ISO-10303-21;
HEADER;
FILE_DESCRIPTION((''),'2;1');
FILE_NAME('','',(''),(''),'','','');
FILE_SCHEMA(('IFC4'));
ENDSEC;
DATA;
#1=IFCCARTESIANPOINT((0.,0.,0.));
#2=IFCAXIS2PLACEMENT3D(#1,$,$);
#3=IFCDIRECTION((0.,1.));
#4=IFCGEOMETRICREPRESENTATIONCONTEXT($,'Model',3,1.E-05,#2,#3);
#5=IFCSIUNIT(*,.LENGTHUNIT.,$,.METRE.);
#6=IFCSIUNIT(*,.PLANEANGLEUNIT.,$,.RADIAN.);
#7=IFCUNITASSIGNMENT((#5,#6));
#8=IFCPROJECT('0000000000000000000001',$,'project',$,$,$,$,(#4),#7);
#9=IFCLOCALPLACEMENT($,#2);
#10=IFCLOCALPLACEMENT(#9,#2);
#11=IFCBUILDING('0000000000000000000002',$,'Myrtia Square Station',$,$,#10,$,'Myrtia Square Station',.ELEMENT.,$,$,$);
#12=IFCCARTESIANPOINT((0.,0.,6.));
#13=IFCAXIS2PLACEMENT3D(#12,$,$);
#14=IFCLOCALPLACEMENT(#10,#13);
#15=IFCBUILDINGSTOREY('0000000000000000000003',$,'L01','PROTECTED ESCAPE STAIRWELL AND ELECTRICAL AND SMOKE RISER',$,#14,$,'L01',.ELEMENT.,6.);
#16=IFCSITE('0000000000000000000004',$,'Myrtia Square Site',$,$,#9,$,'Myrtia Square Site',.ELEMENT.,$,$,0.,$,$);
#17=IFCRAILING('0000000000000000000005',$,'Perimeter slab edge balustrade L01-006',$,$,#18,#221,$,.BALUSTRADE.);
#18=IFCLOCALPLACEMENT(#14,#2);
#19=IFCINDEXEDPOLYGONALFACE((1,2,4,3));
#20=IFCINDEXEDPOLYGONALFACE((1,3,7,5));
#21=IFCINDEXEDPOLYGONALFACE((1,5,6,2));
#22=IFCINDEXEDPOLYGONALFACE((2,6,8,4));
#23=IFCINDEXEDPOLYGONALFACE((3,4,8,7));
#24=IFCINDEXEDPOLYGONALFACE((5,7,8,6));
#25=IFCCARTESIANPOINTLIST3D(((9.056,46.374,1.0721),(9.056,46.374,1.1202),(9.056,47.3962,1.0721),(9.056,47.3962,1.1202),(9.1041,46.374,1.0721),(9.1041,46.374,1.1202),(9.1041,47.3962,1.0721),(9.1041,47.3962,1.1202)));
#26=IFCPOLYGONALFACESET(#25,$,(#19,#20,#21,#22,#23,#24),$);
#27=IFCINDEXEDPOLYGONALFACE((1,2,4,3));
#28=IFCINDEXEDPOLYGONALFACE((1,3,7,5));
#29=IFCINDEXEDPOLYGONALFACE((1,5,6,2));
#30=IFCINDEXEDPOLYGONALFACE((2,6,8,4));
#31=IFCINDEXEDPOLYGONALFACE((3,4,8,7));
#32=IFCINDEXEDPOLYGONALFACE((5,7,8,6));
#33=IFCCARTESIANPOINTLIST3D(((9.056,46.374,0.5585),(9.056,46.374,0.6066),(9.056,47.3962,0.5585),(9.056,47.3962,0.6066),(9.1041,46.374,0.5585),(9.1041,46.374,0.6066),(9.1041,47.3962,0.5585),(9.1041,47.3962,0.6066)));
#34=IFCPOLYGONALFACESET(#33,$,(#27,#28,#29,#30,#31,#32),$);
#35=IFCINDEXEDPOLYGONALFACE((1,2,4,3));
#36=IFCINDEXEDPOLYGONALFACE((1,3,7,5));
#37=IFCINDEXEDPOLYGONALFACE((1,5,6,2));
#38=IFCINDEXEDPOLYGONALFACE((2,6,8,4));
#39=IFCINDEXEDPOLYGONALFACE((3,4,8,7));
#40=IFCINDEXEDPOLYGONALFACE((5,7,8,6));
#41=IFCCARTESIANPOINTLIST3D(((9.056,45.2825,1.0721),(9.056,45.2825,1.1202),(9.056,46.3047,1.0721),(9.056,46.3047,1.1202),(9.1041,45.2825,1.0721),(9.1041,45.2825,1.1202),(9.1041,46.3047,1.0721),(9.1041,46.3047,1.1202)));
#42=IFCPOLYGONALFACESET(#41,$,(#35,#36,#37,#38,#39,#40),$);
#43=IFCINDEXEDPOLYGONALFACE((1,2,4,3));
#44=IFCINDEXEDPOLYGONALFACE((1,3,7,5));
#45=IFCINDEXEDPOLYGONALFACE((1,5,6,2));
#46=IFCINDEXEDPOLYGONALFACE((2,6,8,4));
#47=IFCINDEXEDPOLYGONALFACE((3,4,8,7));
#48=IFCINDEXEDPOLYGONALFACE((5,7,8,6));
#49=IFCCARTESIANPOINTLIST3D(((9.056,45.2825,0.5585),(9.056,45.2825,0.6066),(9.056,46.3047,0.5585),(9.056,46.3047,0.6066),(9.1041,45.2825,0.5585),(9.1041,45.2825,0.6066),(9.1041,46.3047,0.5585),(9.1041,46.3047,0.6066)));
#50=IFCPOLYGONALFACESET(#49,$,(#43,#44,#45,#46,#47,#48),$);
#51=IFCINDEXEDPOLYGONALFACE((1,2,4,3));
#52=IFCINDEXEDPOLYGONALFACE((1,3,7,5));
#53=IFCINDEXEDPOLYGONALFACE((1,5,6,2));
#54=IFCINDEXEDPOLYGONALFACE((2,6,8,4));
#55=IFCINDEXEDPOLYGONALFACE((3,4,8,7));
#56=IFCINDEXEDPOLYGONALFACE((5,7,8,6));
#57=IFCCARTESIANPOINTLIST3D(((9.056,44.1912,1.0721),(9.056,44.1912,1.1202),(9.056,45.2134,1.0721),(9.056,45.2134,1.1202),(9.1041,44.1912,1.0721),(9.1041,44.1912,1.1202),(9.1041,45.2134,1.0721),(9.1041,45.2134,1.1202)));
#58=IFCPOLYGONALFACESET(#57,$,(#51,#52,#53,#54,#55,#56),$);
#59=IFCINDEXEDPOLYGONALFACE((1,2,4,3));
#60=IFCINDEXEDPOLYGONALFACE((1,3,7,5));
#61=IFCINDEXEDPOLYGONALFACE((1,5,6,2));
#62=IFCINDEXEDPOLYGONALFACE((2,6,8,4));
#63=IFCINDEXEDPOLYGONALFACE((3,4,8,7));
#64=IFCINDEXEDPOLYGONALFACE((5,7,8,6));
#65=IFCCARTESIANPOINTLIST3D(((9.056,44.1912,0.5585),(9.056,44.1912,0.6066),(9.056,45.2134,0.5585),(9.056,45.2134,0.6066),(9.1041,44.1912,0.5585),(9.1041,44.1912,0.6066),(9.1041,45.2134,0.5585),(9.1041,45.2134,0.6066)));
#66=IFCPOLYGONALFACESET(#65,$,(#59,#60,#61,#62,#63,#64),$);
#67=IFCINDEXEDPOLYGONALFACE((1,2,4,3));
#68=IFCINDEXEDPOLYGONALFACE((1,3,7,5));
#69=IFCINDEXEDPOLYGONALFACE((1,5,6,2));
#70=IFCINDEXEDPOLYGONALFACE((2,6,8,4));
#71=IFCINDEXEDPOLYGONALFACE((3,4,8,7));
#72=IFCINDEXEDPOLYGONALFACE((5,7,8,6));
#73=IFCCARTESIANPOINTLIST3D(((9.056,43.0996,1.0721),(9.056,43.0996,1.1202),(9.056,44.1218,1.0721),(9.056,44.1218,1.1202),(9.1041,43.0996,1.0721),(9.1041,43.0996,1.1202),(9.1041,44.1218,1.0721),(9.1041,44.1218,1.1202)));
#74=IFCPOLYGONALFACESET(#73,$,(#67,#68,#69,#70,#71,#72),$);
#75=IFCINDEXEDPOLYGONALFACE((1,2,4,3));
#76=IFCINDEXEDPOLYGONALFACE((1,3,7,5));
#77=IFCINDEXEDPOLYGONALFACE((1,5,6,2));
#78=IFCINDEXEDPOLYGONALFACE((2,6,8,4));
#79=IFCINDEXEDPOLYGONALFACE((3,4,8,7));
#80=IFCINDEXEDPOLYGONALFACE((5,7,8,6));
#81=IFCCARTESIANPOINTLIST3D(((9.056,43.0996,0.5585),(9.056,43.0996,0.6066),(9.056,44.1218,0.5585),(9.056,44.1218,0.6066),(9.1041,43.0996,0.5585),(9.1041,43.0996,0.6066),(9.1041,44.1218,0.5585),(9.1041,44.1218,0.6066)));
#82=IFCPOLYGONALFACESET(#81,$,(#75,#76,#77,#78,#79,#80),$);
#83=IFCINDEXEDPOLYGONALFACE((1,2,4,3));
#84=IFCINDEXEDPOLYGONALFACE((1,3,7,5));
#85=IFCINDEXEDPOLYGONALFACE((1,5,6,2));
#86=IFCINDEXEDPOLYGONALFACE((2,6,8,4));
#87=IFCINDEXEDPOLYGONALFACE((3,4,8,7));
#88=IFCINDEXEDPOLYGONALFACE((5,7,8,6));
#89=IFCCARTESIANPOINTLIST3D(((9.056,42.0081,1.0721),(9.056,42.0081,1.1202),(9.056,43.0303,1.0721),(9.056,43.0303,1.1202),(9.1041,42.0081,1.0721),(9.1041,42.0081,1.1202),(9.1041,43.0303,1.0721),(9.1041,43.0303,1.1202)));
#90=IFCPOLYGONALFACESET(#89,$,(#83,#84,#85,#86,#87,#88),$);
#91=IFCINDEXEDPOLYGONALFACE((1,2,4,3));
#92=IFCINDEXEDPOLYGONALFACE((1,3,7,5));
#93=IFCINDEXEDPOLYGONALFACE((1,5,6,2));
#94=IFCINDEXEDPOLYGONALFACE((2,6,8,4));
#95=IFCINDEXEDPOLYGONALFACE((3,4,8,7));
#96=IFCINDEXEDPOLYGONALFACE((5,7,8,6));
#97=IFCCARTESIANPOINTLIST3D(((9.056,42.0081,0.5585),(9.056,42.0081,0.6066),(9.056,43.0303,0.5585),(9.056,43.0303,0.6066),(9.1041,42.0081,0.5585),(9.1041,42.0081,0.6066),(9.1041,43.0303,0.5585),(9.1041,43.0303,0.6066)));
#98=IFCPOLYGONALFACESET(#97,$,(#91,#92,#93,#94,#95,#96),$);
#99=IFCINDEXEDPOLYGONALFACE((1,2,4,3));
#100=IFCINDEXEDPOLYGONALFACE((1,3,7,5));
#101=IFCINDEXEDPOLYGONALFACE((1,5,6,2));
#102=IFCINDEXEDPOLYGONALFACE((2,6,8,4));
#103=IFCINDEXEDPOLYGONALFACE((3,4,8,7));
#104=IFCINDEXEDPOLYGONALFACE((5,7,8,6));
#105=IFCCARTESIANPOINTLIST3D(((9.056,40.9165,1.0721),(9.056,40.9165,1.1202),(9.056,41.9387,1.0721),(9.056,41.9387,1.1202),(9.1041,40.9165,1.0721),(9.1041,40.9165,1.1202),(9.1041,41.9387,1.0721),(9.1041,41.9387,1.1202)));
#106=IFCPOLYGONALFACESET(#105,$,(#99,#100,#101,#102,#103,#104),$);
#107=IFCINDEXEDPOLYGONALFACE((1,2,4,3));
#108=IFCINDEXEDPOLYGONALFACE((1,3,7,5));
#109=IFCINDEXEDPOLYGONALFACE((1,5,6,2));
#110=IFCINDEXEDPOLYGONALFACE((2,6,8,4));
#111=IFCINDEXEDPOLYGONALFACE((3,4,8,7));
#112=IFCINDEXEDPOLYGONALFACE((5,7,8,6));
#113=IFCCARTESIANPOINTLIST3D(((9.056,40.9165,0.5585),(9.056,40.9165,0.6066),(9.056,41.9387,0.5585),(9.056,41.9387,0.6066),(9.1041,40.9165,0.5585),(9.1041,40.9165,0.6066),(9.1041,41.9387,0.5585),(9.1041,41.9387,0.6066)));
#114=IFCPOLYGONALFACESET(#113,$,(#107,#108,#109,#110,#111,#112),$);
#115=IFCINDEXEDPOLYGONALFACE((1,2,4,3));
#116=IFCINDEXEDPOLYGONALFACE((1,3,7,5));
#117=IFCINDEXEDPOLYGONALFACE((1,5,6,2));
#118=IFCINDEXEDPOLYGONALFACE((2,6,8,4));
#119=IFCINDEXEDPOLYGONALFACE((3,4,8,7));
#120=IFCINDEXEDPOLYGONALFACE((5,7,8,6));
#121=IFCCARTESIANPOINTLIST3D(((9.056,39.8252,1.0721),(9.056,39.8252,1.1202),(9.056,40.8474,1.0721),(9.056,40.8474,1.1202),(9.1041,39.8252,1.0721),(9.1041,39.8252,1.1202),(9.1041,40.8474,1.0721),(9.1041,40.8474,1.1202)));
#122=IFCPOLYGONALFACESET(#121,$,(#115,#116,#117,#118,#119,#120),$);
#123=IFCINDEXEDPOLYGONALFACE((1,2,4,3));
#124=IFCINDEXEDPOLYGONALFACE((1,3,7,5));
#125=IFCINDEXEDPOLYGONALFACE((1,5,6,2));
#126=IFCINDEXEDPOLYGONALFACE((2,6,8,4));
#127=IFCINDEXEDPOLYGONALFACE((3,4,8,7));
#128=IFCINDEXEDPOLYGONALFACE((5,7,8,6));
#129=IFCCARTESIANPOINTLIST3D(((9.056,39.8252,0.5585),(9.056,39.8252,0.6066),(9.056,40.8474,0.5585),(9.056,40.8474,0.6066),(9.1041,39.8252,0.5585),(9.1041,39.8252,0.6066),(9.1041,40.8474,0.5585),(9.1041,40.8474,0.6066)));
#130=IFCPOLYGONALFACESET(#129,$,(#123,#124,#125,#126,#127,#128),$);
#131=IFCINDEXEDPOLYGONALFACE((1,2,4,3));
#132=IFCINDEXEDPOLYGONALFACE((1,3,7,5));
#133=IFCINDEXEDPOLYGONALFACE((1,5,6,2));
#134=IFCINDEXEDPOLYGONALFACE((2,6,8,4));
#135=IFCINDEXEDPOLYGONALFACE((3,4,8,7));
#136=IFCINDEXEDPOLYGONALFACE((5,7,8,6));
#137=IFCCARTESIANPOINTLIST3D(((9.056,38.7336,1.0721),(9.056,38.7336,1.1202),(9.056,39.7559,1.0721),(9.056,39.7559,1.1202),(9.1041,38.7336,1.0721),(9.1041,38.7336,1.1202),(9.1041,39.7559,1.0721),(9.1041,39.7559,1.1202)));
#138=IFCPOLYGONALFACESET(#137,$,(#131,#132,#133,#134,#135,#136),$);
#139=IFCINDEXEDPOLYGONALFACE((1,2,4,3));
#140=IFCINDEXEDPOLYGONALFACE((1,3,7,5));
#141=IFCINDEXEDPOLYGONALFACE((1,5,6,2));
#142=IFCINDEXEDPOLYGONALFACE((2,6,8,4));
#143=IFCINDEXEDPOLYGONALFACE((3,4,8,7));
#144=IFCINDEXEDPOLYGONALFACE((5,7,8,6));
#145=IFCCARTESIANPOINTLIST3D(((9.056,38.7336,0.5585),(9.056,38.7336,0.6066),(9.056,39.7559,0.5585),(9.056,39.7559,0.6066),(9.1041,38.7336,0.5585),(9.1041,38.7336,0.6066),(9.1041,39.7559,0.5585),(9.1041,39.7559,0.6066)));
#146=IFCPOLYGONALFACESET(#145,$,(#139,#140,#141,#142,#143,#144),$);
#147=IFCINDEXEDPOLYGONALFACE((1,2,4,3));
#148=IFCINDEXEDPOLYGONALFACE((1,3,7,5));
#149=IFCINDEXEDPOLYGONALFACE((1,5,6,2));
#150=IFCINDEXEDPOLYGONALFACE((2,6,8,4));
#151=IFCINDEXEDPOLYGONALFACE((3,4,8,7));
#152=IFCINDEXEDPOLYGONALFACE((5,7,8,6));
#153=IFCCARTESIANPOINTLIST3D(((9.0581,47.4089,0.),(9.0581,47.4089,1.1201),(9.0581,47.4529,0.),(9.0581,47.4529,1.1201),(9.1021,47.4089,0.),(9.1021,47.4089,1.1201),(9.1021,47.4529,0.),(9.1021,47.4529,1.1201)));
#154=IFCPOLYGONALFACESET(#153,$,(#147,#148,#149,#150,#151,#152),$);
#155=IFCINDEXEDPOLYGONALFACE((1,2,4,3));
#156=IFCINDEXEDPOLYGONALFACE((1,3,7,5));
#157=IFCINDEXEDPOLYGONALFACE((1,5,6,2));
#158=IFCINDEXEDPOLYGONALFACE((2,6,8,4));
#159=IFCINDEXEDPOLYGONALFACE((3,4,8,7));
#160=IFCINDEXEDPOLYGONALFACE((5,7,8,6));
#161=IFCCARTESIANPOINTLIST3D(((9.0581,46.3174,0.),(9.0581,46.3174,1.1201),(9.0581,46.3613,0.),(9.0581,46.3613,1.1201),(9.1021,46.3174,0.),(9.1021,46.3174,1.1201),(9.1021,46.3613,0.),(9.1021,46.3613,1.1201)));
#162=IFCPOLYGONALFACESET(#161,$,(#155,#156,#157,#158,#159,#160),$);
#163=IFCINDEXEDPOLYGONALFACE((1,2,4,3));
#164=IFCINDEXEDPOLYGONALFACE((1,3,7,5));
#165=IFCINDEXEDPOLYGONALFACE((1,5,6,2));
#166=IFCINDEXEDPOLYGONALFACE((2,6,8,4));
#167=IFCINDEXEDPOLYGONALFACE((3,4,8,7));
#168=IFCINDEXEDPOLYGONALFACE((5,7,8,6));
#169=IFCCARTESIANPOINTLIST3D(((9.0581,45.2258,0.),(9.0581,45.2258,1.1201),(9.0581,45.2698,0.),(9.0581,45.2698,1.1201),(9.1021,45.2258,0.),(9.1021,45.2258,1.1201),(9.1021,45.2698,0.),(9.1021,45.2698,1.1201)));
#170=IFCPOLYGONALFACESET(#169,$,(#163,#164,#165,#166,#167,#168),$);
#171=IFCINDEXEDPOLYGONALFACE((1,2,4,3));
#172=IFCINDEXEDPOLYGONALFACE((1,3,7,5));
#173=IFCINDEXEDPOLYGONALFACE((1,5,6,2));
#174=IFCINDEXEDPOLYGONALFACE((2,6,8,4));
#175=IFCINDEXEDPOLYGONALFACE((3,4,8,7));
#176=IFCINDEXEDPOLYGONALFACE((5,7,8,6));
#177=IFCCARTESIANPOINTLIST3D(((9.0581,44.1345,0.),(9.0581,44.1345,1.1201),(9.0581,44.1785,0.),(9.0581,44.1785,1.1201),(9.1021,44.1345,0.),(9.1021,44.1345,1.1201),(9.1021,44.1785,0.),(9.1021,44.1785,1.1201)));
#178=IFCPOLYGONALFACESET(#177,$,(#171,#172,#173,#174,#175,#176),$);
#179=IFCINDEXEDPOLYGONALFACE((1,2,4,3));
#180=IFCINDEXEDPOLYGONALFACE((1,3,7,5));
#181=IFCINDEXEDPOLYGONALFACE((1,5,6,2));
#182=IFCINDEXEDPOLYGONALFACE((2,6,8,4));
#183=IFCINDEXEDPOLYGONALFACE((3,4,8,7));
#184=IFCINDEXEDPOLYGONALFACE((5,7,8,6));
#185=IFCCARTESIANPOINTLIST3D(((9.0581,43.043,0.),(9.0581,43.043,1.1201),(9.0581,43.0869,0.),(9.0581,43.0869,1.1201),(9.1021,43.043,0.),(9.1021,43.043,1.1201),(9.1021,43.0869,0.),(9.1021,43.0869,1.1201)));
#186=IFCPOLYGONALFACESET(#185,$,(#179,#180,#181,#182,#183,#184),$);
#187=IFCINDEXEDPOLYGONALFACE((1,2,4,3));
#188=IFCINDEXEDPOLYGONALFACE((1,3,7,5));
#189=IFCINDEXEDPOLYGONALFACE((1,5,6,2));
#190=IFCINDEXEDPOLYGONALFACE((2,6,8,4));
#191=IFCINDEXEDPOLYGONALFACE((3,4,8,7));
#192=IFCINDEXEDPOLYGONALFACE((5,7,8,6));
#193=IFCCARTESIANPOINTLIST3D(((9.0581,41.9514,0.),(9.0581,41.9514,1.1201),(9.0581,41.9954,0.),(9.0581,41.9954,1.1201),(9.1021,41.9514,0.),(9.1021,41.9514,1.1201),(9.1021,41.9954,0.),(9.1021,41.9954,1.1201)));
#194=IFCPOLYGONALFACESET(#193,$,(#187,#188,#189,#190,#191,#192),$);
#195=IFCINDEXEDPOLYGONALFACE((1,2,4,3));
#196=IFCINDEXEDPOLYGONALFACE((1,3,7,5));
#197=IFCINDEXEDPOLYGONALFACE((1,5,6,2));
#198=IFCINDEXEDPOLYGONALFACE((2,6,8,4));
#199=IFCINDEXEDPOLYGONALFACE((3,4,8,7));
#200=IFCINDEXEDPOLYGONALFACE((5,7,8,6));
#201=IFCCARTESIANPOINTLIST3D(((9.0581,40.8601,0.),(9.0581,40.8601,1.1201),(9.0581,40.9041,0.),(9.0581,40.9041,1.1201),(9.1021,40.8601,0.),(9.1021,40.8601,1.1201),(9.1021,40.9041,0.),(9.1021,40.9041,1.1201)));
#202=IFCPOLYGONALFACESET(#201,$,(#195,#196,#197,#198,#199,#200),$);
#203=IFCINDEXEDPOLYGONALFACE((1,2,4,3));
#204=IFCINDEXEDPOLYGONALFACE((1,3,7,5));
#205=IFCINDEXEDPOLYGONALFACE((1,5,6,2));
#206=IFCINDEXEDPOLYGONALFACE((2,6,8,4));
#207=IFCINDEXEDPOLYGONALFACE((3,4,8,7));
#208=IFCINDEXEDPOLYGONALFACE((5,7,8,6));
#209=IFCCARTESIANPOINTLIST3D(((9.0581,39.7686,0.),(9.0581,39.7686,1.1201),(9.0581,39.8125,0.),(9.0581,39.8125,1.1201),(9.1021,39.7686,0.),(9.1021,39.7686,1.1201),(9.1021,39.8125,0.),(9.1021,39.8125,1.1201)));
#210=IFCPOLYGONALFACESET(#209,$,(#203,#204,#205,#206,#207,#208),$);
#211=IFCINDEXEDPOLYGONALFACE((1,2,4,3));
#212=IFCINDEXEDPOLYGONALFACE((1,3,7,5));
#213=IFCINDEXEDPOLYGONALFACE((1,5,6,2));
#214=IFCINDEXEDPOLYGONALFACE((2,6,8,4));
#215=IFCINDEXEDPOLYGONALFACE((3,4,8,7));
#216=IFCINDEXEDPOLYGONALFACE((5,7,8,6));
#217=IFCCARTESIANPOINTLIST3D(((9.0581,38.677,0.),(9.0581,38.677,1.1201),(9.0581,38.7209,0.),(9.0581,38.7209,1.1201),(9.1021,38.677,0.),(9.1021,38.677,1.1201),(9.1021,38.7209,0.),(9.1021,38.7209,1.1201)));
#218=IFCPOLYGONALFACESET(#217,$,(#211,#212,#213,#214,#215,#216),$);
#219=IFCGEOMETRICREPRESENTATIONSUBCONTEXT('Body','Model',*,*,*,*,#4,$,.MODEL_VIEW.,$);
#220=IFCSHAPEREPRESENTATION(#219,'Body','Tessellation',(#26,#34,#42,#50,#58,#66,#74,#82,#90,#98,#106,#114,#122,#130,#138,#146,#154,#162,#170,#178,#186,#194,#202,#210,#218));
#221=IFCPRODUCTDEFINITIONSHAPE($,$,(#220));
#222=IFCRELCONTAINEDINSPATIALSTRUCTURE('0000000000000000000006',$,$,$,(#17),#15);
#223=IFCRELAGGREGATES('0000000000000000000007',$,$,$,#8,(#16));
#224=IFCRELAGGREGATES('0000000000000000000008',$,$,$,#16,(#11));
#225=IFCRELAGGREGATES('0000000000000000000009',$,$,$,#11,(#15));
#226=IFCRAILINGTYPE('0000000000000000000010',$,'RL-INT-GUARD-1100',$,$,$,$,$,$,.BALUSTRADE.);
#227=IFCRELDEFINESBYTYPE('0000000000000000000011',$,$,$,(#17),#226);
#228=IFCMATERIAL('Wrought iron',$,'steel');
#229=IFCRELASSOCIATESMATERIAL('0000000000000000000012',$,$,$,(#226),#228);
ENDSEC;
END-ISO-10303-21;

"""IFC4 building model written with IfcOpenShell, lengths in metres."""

from ifc_helpers import new_model, si_unit, direction, frame, origin, origin_2d, place, context, subcontext, project, spatial, rectangle, extrude, material, type_object, element, save


model = new_model("IFC4")

# Units and contexts
model_context = context("Model", 3, precision=1e-05, world=origin(), true_north=direction((0.0, 1.0)))
body_context = subcontext(model_context, "Body", "Model", "MODEL_VIEW")
ifc_project = project(units=[si_unit("LENGTHUNIT", "METRE"), si_unit("PLANEANGLEUNIT", "RADIAN")], contexts=[model_context])

# Site, building, storey
site_placement = place(None, origin())
site = spatial("IfcSite", under=ifc_project, at=site_placement, Name="Myrtia Square Site", LongName="Myrtia Square Site", CompositionType="ELEMENT", RefElevation=0.0)
building_placement = place(site_placement, origin())
building = spatial("IfcBuilding", under=site, at=building_placement, Name="Myrtia Square Station", LongName="Myrtia Square Station", CompositionType="ELEMENT")
storey_placement = place(building_placement, frame((0.0, 0.0, 6.0)))
storey = spatial("IfcBuildingStorey", under=building, at=storey_placement, Name="L01", Description="PROTECTED ESCAPE STAIRWELL AND ELECTRICAL AND SMOKE RISER", LongName="L01", CompositionType="ELEMENT", Elevation=6.0)

# Railing
ifc_material_1 = material(Name="Wrought iron", Category="steel")
railing_type = type_object("IfcRailingType", Name="RL-INT-GUARD-1100", PredefinedType="BALUSTRADE", material=ifc_material_1)
railing_placement = place(storey_placement, frame((9.0801, 47.4309, 0.0)))
element("IfcRailing", 1, at=railing_placement, inside=storey, type_object=railing_type, Name="Perimeter slab edge balustrade L01-006", PredefinedType="BALUSTRADE", context=body_context, shape_type="SweptSolid", body=[
    extrude(rectangle(XDim=0.0481, YDim=0.0481, at=origin_2d()), frame((0.0, -0.0347, 1.0962), z_axis=(0.0, -1.0, 0.0), x_axis=(1.0, 0.0, 0.0)), (0.0, 0.0, 1.0), 1.0222),
    extrude(rectangle(XDim=0.0481, YDim=0.0481, at=origin_2d()), frame((0.0, -0.0347, 0.5825), z_axis=(0.0, -1.0, 0.0), x_axis=(1.0, 0.0, 0.0)), (0.0, 0.0, 1.0), 1.0222),
    extrude(rectangle(XDim=0.0481, YDim=0.0481, at=origin_2d()), frame((0.0, -1.1262, 1.0962), z_axis=(0.0, -1.0, 0.0), x_axis=(1.0, 0.0, 0.0)), (0.0, 0.0, 1.0), 1.0222),
    extrude(rectangle(XDim=0.0481, YDim=0.0481, at=origin_2d()), frame((0.0, -1.1262, 0.5825), z_axis=(0.0, -1.0, 0.0), x_axis=(1.0, 0.0, 0.0)), (0.0, 0.0, 1.0), 1.0222),
    extrude(rectangle(XDim=0.0481, YDim=0.0481, at=origin_2d()), frame((0.0, -2.2175, 1.0962), z_axis=(0.0, -1.0, 0.0), x_axis=(1.0, 0.0, 0.0)), (0.0, 0.0, 1.0), 1.0222),
    extrude(rectangle(XDim=0.0481, YDim=0.0481, at=origin_2d()), frame((0.0, -2.2175, 0.5825), z_axis=(0.0, -1.0, 0.0), x_axis=(1.0, 0.0, 0.0)), (0.0, 0.0, 1.0), 1.0222),
    extrude(rectangle(XDim=0.0481, YDim=0.0481, at=origin_2d()), frame((0.0, -3.3091, 1.0962), z_axis=(0.0, -1.0, 0.0), x_axis=(1.0, 0.0, 0.0)), (0.0, 0.0, 1.0), 1.0222),
    extrude(rectangle(XDim=0.0481, YDim=0.0481, at=origin_2d()), frame((0.0, -3.3091, 0.5825), z_axis=(0.0, -1.0, 0.0), x_axis=(1.0, 0.0, 0.0)), (0.0, 0.0, 1.0), 1.0222),
    extrude(rectangle(XDim=0.0481, YDim=0.0481, at=origin_2d()), frame((0.0, -4.4006, 1.0962), z_axis=(0.0, -1.0, 0.0), x_axis=(1.0, 0.0, 0.0)), (0.0, 0.0, 1.0), 1.0222),
    extrude(rectangle(XDim=0.0481, YDim=0.0481, at=origin_2d()), frame((0.0, -4.4006, 0.5825), z_axis=(0.0, -1.0, 0.0), x_axis=(1.0, 0.0, 0.0)), (0.0, 0.0, 1.0), 1.0222),
    extrude(rectangle(XDim=0.0481, YDim=0.0481, at=origin_2d()), frame((0.0, -5.4922, 1.0962), z_axis=(0.0, -1.0, 0.0), x_axis=(1.0, 0.0, 0.0)), (0.0, 0.0, 1.0), 1.0222),
    extrude(rectangle(XDim=0.0481, YDim=0.0481, at=origin_2d()), frame((0.0, -5.4922, 0.5825), z_axis=(0.0, -1.0, 0.0), x_axis=(1.0, 0.0, 0.0)), (0.0, 0.0, 1.0), 1.0222),
    extrude(rectangle(XDim=0.0481, YDim=0.0481, at=origin_2d()), frame((0.0, -6.5835, 1.0962), z_axis=(0.0, -1.0, 0.0), x_axis=(1.0, 0.0, 0.0)), (0.0, 0.0, 1.0), 1.0222),
    extrude(rectangle(XDim=0.0481, YDim=0.0481, at=origin_2d()), frame((0.0, -6.5835, 0.5825), z_axis=(0.0, -1.0, 0.0), x_axis=(1.0, 0.0, 0.0)), (0.0, 0.0, 1.0), 1.0222),
    extrude(rectangle(XDim=0.0481, YDim=0.0481, at=origin_2d()), frame((0.0, -7.675, 1.0962), z_axis=(0.0, -1.0, 0.0), x_axis=(1.0, 0.0, 0.0)), (0.0, 0.0, 1.0), 1.0222),
    extrude(rectangle(XDim=0.0481, YDim=0.0481, at=origin_2d()), frame((0.0, -7.675, 0.5825), z_axis=(0.0, -1.0, 0.0), x_axis=(1.0, 0.0, 0.0)), (0.0, 0.0, 1.0), 1.0222),
    extrude(rectangle(XDim=0.0439, YDim=0.0439, at=origin_2d()), origin(), (0.0, 0.0, 1.0), 1.1201),
    extrude(rectangle(XDim=0.0439, YDim=0.0439, at=origin_2d()), frame((0.0, -1.0916, 0.0)), (0.0, 0.0, 1.0), 1.1201),
    extrude(rectangle(XDim=0.0439, YDim=0.0439, at=origin_2d()), frame((0.0, -2.1831, 0.0)), (0.0, 0.0, 1.0), 1.1201),
    extrude(rectangle(XDim=0.0439, YDim=0.0439, at=origin_2d()), frame((0.0, -3.2744, 0.0)), (0.0, 0.0, 1.0), 1.1201),
    extrude(rectangle(XDim=0.0439, YDim=0.0439, at=origin_2d()), frame((0.0, -4.366, 0.0)), (0.0, 0.0, 1.0), 1.1201),
    extrude(rectangle(XDim=0.0439, YDim=0.0439, at=origin_2d()), frame((0.0, -5.4575, 0.0)), (0.0, 0.0, 1.0), 1.1201),
    extrude(rectangle(XDim=0.0439, YDim=0.0439, at=origin_2d()), frame((0.0, -6.5488, 0.0)), (0.0, 0.0, 1.0), 1.1201),
    extrude(rectangle(XDim=0.0439, YDim=0.0439, at=origin_2d()), frame((0.0, -7.6404, 0.0)), (0.0, 0.0, 1.0), 1.1201),
    extrude(rectangle(XDim=0.0439, YDim=0.0439, at=origin_2d()), frame((0.0, -8.7319, 0.0)), (0.0, 0.0, 1.0), 1.1201),
])

save(model, "model.ifc")
